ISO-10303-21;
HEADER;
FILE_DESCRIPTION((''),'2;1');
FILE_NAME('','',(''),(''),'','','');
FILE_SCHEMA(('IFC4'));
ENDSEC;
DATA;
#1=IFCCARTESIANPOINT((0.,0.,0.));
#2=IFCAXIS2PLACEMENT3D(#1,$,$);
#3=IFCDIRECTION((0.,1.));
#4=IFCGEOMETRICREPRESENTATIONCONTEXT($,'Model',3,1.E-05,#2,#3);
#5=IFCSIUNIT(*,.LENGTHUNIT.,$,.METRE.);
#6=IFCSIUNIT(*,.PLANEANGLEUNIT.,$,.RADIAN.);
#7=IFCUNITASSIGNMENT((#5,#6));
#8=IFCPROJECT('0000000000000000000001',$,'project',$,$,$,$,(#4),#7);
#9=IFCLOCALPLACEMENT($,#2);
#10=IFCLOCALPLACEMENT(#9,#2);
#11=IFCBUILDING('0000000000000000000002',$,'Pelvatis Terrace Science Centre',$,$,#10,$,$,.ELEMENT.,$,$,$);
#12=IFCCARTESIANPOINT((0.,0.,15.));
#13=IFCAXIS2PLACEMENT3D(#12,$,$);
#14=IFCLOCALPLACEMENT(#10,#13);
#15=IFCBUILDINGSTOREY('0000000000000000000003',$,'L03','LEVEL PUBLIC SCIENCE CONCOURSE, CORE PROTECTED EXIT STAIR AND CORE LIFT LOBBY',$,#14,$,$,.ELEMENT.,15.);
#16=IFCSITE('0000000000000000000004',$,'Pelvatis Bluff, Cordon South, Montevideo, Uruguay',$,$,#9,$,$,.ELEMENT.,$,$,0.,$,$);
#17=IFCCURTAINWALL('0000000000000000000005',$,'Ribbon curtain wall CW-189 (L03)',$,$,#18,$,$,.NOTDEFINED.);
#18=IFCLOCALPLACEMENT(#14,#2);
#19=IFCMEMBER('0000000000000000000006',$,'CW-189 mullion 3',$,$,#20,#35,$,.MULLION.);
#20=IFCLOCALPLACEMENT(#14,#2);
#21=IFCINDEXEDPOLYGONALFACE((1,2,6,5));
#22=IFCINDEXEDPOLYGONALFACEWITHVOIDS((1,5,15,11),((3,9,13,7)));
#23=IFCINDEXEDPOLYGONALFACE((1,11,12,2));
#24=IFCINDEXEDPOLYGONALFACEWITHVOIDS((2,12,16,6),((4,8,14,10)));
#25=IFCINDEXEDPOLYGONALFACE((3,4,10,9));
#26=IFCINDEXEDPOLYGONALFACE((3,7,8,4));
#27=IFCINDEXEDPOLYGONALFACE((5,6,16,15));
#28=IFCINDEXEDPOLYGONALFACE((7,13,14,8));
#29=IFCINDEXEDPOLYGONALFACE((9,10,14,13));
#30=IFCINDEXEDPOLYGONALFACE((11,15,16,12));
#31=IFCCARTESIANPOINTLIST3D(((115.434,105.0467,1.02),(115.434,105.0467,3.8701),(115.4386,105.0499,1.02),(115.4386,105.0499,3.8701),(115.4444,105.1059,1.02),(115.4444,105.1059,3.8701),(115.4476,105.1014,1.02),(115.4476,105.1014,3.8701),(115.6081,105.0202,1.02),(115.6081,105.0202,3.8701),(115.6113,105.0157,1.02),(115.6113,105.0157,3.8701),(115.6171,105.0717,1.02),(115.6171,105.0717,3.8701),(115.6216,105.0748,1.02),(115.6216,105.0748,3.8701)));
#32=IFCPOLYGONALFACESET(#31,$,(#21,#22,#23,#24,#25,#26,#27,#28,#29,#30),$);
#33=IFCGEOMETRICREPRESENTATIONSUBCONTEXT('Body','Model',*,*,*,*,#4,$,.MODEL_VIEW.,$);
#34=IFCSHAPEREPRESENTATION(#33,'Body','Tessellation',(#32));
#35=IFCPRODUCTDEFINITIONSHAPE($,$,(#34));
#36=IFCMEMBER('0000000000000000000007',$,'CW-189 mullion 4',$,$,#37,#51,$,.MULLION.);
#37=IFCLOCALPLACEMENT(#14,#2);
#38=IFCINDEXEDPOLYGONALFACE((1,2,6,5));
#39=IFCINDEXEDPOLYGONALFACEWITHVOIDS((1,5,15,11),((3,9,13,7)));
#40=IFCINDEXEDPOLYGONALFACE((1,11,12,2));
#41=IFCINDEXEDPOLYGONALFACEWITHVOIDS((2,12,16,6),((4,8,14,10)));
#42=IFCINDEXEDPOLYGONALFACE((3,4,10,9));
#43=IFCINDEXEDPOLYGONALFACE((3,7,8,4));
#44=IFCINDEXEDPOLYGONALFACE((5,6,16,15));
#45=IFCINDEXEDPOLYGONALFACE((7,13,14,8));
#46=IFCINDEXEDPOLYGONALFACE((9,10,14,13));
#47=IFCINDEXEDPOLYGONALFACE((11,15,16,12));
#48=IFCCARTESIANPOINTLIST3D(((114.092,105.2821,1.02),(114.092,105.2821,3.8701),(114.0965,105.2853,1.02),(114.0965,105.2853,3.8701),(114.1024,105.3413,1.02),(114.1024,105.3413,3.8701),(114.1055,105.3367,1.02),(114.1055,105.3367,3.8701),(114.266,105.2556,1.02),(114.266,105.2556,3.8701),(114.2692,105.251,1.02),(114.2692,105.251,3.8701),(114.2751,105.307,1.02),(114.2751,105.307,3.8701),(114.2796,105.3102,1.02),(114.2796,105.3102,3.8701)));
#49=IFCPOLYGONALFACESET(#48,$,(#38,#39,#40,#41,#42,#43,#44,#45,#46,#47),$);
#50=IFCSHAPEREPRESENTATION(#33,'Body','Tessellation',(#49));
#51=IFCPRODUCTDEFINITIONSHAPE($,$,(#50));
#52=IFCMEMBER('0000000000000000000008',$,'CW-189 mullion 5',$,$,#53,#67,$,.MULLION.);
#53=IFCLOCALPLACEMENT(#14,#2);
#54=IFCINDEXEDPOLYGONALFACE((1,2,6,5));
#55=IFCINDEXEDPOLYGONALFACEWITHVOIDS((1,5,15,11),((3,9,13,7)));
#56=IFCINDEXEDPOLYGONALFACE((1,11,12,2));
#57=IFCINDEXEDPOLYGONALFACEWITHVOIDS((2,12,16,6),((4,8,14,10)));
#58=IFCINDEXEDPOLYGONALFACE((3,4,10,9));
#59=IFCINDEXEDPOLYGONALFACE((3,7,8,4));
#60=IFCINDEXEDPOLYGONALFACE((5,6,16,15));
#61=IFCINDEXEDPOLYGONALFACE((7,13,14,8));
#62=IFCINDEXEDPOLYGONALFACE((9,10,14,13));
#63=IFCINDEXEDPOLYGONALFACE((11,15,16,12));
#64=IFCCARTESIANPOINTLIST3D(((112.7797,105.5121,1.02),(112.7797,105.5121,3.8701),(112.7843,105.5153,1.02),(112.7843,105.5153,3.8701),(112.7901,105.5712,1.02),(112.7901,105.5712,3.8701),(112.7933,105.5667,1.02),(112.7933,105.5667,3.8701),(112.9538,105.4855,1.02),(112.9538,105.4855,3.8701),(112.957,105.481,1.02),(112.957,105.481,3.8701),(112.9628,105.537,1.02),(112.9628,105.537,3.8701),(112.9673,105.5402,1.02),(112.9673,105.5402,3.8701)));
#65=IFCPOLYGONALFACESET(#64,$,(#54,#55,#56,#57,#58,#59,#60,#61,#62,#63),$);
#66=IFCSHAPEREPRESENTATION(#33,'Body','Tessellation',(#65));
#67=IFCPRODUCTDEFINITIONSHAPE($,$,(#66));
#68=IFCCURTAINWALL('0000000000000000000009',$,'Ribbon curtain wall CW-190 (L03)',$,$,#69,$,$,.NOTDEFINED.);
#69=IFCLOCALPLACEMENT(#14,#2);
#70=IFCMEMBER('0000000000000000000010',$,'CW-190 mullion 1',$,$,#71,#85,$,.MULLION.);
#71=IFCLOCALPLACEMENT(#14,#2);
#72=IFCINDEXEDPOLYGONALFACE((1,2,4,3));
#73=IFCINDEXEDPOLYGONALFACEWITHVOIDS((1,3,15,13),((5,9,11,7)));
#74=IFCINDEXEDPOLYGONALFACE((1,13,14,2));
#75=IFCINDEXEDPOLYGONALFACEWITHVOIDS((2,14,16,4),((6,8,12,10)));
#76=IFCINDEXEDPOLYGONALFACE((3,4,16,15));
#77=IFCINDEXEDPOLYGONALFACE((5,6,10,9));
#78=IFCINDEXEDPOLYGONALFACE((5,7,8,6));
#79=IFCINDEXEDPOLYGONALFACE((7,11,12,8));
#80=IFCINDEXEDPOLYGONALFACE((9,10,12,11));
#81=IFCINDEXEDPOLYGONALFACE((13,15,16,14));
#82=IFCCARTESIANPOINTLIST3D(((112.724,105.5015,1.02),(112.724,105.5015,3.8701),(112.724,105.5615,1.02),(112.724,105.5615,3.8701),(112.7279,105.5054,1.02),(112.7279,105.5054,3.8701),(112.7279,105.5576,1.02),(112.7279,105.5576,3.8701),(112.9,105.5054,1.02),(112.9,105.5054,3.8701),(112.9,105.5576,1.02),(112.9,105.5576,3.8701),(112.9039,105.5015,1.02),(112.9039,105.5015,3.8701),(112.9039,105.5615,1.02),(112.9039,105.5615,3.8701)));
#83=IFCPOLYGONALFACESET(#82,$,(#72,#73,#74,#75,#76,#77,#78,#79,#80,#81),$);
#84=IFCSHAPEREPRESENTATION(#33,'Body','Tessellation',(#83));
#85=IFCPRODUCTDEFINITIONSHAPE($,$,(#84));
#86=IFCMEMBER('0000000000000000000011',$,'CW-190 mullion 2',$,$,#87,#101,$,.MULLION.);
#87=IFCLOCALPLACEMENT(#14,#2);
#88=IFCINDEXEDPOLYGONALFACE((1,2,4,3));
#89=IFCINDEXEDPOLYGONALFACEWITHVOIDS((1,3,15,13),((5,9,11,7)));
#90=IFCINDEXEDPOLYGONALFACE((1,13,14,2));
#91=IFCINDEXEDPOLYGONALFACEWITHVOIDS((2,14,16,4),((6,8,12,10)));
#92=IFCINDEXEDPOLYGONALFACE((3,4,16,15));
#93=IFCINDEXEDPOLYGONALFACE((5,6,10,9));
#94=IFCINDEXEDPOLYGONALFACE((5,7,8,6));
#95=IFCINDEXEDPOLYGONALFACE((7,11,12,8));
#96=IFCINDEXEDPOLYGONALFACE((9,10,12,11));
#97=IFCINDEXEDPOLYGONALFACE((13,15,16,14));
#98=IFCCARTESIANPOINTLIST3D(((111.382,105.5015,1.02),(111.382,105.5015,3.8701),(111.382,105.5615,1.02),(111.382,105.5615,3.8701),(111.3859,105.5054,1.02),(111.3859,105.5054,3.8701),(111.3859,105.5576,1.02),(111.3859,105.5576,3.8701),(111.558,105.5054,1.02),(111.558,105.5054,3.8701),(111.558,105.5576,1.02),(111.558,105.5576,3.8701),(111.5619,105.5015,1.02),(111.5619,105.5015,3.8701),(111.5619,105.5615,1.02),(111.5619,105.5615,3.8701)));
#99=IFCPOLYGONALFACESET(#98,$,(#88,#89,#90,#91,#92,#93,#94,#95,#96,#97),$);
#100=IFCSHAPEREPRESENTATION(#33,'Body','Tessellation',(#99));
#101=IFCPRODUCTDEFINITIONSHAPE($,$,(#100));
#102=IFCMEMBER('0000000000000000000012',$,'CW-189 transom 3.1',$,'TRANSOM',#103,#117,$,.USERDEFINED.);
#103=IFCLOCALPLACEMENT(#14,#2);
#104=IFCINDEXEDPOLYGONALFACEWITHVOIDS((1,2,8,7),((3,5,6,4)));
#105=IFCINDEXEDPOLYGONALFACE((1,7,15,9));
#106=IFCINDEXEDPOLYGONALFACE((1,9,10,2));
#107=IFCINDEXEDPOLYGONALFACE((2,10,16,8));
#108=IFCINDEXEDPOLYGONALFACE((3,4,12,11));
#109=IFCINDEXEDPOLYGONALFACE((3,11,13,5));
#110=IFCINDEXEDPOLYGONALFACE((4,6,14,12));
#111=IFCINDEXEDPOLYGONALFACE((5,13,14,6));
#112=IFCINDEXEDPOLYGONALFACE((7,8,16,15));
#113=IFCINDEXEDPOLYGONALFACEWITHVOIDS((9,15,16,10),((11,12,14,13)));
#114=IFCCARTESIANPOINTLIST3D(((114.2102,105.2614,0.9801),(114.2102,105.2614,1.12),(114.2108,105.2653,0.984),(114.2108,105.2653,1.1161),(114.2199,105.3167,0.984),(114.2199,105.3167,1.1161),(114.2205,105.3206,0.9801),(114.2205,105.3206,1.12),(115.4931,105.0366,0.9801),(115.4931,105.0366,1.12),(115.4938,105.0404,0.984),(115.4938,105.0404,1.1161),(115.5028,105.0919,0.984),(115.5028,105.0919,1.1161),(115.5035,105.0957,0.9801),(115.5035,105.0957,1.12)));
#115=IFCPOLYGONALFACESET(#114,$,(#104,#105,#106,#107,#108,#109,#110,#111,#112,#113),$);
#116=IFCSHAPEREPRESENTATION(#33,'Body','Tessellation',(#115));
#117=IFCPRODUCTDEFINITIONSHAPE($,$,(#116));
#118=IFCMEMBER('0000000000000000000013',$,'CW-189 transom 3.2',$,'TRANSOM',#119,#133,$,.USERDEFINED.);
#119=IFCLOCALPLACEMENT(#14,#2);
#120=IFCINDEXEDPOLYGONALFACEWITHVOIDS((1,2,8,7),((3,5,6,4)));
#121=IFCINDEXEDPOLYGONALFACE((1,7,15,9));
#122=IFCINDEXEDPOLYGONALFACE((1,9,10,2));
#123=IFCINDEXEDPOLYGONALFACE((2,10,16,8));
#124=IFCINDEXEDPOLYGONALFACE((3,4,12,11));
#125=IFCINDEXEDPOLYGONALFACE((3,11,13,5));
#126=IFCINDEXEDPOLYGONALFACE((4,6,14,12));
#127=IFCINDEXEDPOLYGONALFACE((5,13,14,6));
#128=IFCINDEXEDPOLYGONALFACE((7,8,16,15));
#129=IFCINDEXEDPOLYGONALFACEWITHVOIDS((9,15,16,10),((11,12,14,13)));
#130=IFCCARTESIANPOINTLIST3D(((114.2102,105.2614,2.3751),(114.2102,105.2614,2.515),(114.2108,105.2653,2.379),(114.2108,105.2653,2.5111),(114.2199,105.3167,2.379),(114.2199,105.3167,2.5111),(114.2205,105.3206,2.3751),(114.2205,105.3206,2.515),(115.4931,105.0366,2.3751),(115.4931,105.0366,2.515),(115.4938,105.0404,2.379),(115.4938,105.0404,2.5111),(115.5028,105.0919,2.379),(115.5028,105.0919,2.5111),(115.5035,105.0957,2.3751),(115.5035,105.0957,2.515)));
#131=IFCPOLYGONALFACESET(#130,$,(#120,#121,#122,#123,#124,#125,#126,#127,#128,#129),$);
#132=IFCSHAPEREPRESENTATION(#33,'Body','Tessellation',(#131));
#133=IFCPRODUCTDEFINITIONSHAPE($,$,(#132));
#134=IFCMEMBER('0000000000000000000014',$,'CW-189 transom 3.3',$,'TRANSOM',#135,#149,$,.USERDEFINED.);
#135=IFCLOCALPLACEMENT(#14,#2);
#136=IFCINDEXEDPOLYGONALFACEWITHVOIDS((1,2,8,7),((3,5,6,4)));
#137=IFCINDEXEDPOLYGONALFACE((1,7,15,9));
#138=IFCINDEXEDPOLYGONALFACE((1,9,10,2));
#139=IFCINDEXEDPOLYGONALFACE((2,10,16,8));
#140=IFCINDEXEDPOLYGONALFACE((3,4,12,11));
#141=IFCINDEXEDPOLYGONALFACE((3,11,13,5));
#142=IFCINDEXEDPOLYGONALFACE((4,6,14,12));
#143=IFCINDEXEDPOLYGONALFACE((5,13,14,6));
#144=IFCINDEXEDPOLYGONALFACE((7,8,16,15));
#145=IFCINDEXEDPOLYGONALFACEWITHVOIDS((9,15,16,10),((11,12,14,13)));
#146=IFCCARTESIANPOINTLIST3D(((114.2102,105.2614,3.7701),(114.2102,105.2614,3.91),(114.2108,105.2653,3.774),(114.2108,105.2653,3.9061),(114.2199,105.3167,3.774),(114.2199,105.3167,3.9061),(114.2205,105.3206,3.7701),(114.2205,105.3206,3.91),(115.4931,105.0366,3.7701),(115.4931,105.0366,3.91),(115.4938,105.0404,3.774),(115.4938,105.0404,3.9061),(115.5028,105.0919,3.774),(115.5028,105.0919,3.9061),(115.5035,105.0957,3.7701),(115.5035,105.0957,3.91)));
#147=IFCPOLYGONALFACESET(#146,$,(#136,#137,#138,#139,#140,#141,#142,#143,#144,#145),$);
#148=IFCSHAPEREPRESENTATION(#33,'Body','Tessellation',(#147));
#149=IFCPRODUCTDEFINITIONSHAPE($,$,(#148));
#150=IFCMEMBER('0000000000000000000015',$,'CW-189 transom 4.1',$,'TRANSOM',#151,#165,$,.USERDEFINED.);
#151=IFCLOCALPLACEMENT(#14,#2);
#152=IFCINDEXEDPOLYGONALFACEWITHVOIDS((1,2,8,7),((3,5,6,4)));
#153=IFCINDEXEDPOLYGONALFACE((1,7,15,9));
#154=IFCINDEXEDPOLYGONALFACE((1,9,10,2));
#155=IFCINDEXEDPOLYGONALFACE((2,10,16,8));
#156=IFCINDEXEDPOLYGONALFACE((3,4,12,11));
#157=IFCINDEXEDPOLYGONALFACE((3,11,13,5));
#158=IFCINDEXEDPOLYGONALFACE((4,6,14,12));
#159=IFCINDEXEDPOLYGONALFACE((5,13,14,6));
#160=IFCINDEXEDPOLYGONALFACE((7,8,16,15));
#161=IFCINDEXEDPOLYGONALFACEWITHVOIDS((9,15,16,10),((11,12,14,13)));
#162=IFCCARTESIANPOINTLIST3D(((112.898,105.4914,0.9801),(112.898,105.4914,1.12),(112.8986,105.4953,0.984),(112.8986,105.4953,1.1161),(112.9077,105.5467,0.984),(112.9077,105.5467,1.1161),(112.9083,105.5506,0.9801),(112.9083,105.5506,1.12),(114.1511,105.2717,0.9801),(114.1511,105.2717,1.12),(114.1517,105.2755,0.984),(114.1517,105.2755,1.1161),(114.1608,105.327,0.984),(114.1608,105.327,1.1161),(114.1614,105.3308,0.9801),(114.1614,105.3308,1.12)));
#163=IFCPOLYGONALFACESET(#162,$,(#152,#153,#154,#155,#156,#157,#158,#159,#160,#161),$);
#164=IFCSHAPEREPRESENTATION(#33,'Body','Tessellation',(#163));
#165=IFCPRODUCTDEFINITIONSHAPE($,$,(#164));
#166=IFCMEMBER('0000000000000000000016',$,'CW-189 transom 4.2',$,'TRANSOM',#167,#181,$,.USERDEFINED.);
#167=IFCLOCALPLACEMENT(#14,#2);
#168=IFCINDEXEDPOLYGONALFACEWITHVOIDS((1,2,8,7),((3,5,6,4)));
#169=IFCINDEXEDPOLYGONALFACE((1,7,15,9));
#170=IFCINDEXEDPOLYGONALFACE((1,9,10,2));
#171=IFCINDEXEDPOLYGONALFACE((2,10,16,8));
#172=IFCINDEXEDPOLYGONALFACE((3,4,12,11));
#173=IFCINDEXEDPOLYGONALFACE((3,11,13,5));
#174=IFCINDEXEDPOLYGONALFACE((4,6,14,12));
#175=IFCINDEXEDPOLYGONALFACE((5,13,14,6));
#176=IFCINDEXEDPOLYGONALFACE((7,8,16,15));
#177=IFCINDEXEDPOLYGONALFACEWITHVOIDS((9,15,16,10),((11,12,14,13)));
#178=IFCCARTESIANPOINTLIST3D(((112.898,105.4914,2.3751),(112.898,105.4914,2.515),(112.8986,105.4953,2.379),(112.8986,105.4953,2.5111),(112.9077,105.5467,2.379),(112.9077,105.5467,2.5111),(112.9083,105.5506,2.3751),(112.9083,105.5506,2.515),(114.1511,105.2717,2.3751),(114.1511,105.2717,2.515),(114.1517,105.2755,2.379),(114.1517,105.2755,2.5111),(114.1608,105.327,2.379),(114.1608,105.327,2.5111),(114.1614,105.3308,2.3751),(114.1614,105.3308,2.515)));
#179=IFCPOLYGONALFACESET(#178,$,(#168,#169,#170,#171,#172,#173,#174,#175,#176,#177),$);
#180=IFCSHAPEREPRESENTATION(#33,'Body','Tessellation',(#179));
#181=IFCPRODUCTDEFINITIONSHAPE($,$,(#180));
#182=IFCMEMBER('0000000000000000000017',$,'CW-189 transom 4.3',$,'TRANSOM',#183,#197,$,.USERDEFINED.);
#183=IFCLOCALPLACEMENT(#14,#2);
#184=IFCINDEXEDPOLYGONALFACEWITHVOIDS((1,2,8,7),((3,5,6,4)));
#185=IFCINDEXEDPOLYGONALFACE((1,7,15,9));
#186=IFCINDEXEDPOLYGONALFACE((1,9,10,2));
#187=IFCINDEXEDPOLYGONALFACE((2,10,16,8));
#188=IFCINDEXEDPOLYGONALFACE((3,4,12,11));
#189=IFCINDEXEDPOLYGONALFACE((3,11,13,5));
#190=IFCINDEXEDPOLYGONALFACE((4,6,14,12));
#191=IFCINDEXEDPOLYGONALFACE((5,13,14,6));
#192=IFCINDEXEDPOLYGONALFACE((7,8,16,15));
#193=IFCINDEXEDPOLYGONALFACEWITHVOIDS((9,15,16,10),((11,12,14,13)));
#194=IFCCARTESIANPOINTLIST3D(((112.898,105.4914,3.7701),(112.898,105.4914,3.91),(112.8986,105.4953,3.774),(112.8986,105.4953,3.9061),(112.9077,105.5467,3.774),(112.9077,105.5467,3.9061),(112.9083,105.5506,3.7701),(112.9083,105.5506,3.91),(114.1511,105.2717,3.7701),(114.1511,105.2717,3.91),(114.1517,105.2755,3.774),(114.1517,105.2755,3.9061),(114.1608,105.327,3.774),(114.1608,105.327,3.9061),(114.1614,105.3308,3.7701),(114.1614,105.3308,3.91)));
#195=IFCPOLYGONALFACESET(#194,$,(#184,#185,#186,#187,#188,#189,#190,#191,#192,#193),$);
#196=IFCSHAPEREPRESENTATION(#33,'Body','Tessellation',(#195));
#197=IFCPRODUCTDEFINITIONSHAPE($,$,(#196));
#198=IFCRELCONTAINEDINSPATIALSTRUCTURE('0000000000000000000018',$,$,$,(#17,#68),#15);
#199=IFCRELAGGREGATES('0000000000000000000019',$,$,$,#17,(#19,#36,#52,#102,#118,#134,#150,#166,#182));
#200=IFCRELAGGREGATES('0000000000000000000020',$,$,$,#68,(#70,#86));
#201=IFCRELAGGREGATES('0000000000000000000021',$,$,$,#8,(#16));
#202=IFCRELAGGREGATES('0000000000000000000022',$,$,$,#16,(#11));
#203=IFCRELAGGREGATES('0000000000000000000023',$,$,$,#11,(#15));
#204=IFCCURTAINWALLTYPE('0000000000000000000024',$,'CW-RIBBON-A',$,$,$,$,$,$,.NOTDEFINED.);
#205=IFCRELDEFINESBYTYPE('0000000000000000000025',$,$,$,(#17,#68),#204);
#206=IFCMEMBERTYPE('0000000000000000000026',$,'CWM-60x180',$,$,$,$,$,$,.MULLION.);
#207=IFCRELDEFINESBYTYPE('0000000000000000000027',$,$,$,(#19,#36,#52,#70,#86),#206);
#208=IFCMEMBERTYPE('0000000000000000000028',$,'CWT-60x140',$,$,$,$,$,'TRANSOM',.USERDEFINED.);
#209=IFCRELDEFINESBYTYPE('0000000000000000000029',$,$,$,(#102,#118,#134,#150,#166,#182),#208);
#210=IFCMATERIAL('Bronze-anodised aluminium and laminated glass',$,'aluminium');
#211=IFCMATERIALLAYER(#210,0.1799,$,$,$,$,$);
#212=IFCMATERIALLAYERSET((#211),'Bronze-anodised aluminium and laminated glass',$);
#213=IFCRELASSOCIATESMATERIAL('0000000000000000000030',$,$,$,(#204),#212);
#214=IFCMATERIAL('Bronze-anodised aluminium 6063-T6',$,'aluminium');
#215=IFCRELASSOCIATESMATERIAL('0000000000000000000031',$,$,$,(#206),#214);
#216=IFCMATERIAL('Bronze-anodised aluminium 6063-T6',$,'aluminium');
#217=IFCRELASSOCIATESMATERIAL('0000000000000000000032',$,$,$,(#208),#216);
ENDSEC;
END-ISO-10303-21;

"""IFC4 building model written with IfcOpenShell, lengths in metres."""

from ifc_helpers import new_model, si_unit, direction, frame, origin, origin_2d, place, context, subcontext, project, spatial, hollow_rectangle, extrude, material, layer, layer_set, material_profile, profile_set, type_object, element, aggregate, save


model = new_model("IFC4")

# Units and contexts
model_context = context("Model", 3, precision=1e-05, world=origin(), true_north=direction((0.0, 1.0)))
body_context = subcontext(model_context, "Body", "Model", "MODEL_VIEW")
ifc_project = project(units=[si_unit("LENGTHUNIT", "METRE"), si_unit("PLANEANGLEUNIT", "RADIAN")], contexts=[model_context])

# Site, building, storey
site_placement = place(None, origin())
site = spatial("IfcSite", under=ifc_project, at=site_placement, Name="Pelvatis Bluff, Cordon South, Montevideo, Uruguay", CompositionType="ELEMENT", RefElevation=0.0)
building_placement = place(site_placement, origin())
building = spatial("IfcBuilding", under=site, at=building_placement, Name="Pelvatis Terrace Science Centre", CompositionType="ELEMENT")
storey_placement = place(building_placement, frame((0.0, 0.0, 15.0)))
storey = spatial("IfcBuildingStorey", under=building, at=storey_placement, Name="L03", Description="LEVEL PUBLIC SCIENCE CONCOURSE, CORE PROTECTED EXIT STAIR AND CORE LIFT LOBBY", CompositionType="ELEMENT", Elevation=15.0)

# Curtain walls, members
ifc_material_1 = material(Name="Bronze-anodised aluminium and laminated glass", Category="aluminium")
ifc_layer_1 = layer(ifc_material_1, 0.1799)
ifc_layer_set_1 = layer_set([ifc_layer_1], Name="Bronze-anodised aluminium and laminated glass")
curtain_wall_type = type_object("IfcCurtainWallType", Name="CW-RIBBON-A", PredefinedType="NOTDEFINED", material=ifc_layer_set_1)
curtain_wall_1_placement = place(storey_placement, origin())
curtain_wall_1 = element("IfcCurtainWall", 1, at=curtain_wall_1_placement, inside=storey, type_object=curtain_wall_type, Name="Ribbon curtain wall CW-189 (L03)", PredefinedType="NOTDEFINED")
ifc_material_2 = material(Name="Bronze-anodised aluminium 6063-T6", Category="aluminium")
ifc_material_profile_1 = material_profile(ifc_material_2, hollow_rectangle(XDim=0.0601, YDim=0.1799, WallThickness=0.0039, at=origin_2d()), Name="ALU-MUL 60x180")
ifc_profile_set_1 = profile_set([ifc_material_profile_1], Name="Bronze-anodised aluminium 6063-T6")
member_type_1 = type_object("IfcMemberType", Name="CWM-60x180", PredefinedType="MULLION", material=ifc_profile_set_1)
member_1_placement = place(storey_placement, frame((115.5278, 105.0608, 1.02), z_axis=(0.0, 0.0, 1.0), x_axis=(-0.172671, -0.984979, 0.0)))
member_1 = element("IfcMember", 2, at=member_1_placement, type_object=member_type_1, Name="CW-189 mullion 3", PredefinedType="MULLION", context=body_context, shape_type="SweptSolid", body=[
    extrude(hollow_rectangle(XDim=0.0601, YDim=0.1799, WallThickness=0.0039, at=origin_2d()), origin(), (0.0, 0.0, 1.0), 2.8501),
])
member_2_placement = place(storey_placement, frame((114.1858, 105.2961, 1.02), z_axis=(0.0, 0.0, 1.0), x_axis=(-0.172671, -0.984979, 0.0)))
member_2 = element("IfcMember", 3, at=member_2_placement, type_object=member_type_1, Name="CW-189 mullion 4", PredefinedType="MULLION", context=body_context, shape_type="SweptSolid", body=[
    extrude(hollow_rectangle(XDim=0.0601, YDim=0.1799, WallThickness=0.0039, at=origin_2d()), origin(), (0.0, 0.0, 1.0), 2.8501),
])
member_3_placement = place(storey_placement, frame((112.8735, 105.5261, 1.02), z_axis=(0.0, 0.0, 1.0), x_axis=(-0.172671, -0.984979, 0.0)))
member_3 = element("IfcMember", 4, at=member_3_placement, type_object=member_type_1, Name="CW-189 mullion 5", PredefinedType="MULLION", context=body_context, shape_type="SweptSolid", body=[
    extrude(hollow_rectangle(XDim=0.0601, YDim=0.1799, WallThickness=0.0039, at=origin_2d()), origin(), (0.0, 0.0, 1.0), 2.8501),
])
curtain_wall_2_placement = place(storey_placement, origin())
curtain_wall_2 = element("IfcCurtainWall", 5, at=curtain_wall_2_placement, inside=storey, type_object=curtain_wall_type, Name="Ribbon curtain wall CW-190 (L03)", PredefinedType="NOTDEFINED")
member_4_placement = place(storey_placement, frame((112.814, 105.5315, 1.02), z_axis=(0.0, 0.0, 1.0), x_axis=(0.0, -1.0, 0.0)))
member_4 = element("IfcMember", 6, at=member_4_placement, type_object=member_type_1, Name="CW-190 mullion 1", PredefinedType="MULLION", context=body_context, shape_type="SweptSolid", body=[
    extrude(hollow_rectangle(XDim=0.0601, YDim=0.1799, WallThickness=0.0039, at=origin_2d()), origin(), (0.0, 0.0, 1.0), 2.8501),
])
member_5_placement = place(storey_placement, frame((111.4719, 105.5315, 1.02), z_axis=(0.0, 0.0, 1.0), x_axis=(0.0, -1.0, 0.0)))
member_5 = element("IfcMember", 7, at=member_5_placement, type_object=member_type_1, Name="CW-190 mullion 2", PredefinedType="MULLION", context=body_context, shape_type="SweptSolid", body=[
    extrude(hollow_rectangle(XDim=0.0601, YDim=0.1799, WallThickness=0.0039, at=origin_2d()), origin(), (0.0, 0.0, 1.0), 2.8501),
])

# Members
ifc_material_3 = material(Name="Bronze-anodised aluminium 6063-T6", Category="aluminium")
ifc_material_profile_2 = material_profile(ifc_material_3, hollow_rectangle(XDim=0.0601, YDim=0.1399, WallThickness=0.0039, at=origin_2d()), Name="ALU-TRN 60x140")
ifc_profile_set_2 = profile_set([ifc_material_profile_2], Name="Bronze-anodised aluminium 6063-T6")
member_type_2 = type_object("IfcMemberType", Name="CWT-60x140", ElementType="TRANSOM", PredefinedType="USERDEFINED", material=ifc_profile_set_2)
member_6_placement = place(storey_placement, frame((115.4983, 105.0662, 1.05), z_axis=(-0.984987, 0.17263, 0.0), x_axis=(-0.17263, -0.984987, 0.0)))
member_6 = element("IfcMember", 8, at=member_6_placement, type_object=member_type_2, Name="CW-189 transom 3.1", ObjectType="TRANSOM", PredefinedType="USERDEFINED", context=body_context, shape_type="SweptSolid", body=[
    extrude(hollow_rectangle(XDim=0.0601, YDim=0.1399, WallThickness=0.0039, at=origin_2d()), origin(), (0.0, 0.0, 1.0), 1.3025),
])
member_7_placement = place(storey_placement, frame((115.4983, 105.0662, 2.4451), z_axis=(-0.984987, 0.17263, 0.0), x_axis=(-0.17263, -0.984987, 0.0)))
member_7 = element("IfcMember", 9, at=member_7_placement, type_object=member_type_2, Name="CW-189 transom 3.2", ObjectType="TRANSOM", PredefinedType="USERDEFINED", context=body_context, shape_type="SweptSolid", body=[
    extrude(hollow_rectangle(XDim=0.0601, YDim=0.1399, WallThickness=0.0039, at=origin_2d()), origin(), (0.0, 0.0, 1.0), 1.3025),
])
member_8_placement = place(storey_placement, frame((115.4983, 105.0662, 3.8401), z_axis=(-0.984987, 0.17263, 0.0), x_axis=(-0.17263, -0.984987, 0.0)))
member_8 = element("IfcMember", 10, at=member_8_placement, type_object=member_type_2, Name="CW-189 transom 3.3", ObjectType="TRANSOM", PredefinedType="USERDEFINED", context=body_context, shape_type="SweptSolid", body=[
    extrude(hollow_rectangle(XDim=0.0601, YDim=0.1399, WallThickness=0.0039, at=origin_2d()), origin(), (0.0, 0.0, 1.0), 1.3025),
])
member_9_placement = place(storey_placement, frame((114.1562, 105.3013, 1.05), z_axis=(-0.984974, 0.172701, 0.0), x_axis=(-0.172701, -0.984974, 0.0)))
member_9 = element("IfcMember", 11, at=member_9_placement, type_object=member_type_2, Name="CW-189 transom 4.1", ObjectType="TRANSOM", PredefinedType="USERDEFINED", context=body_context, shape_type="SweptSolid", body=[
    extrude(hollow_rectangle(XDim=0.0601, YDim=0.1399, WallThickness=0.0039, at=origin_2d()), origin(), (0.0, 0.0, 1.0), 1.2722),
])
member_10_placement = place(storey_placement, frame((114.1562, 105.3013, 2.4451), z_axis=(-0.984974, 0.172701, 0.0), x_axis=(-0.172701, -0.984974, 0.0)))
member_10 = element("IfcMember", 12, at=member_10_placement, type_object=member_type_2, Name="CW-189 transom 4.2", ObjectType="TRANSOM", PredefinedType="USERDEFINED", context=body_context, shape_type="SweptSolid", body=[
    extrude(hollow_rectangle(XDim=0.0601, YDim=0.1399, WallThickness=0.0039, at=origin_2d()), origin(), (0.0, 0.0, 1.0), 1.2722),
])
member_11_placement = place(storey_placement, frame((114.1562, 105.3013, 3.8401), z_axis=(-0.984974, 0.172701, 0.0), x_axis=(-0.172701, -0.984974, 0.0)))
member_11 = element("IfcMember", 13, at=member_11_placement, type_object=member_type_2, Name="CW-189 transom 4.3", ObjectType="TRANSOM", PredefinedType="USERDEFINED", context=body_context, shape_type="SweptSolid", body=[
    extrude(hollow_rectangle(XDim=0.0601, YDim=0.1399, WallThickness=0.0039, at=origin_2d()), origin(), (0.0, 0.0, 1.0), 1.2722),
])

aggregate(curtain_wall_1, [member_1, member_2, member_3, member_6, member_7, member_8, member_9, member_10, member_11])
aggregate(curtain_wall_2, [member_4, member_5])

save(model, "model.ifc")
